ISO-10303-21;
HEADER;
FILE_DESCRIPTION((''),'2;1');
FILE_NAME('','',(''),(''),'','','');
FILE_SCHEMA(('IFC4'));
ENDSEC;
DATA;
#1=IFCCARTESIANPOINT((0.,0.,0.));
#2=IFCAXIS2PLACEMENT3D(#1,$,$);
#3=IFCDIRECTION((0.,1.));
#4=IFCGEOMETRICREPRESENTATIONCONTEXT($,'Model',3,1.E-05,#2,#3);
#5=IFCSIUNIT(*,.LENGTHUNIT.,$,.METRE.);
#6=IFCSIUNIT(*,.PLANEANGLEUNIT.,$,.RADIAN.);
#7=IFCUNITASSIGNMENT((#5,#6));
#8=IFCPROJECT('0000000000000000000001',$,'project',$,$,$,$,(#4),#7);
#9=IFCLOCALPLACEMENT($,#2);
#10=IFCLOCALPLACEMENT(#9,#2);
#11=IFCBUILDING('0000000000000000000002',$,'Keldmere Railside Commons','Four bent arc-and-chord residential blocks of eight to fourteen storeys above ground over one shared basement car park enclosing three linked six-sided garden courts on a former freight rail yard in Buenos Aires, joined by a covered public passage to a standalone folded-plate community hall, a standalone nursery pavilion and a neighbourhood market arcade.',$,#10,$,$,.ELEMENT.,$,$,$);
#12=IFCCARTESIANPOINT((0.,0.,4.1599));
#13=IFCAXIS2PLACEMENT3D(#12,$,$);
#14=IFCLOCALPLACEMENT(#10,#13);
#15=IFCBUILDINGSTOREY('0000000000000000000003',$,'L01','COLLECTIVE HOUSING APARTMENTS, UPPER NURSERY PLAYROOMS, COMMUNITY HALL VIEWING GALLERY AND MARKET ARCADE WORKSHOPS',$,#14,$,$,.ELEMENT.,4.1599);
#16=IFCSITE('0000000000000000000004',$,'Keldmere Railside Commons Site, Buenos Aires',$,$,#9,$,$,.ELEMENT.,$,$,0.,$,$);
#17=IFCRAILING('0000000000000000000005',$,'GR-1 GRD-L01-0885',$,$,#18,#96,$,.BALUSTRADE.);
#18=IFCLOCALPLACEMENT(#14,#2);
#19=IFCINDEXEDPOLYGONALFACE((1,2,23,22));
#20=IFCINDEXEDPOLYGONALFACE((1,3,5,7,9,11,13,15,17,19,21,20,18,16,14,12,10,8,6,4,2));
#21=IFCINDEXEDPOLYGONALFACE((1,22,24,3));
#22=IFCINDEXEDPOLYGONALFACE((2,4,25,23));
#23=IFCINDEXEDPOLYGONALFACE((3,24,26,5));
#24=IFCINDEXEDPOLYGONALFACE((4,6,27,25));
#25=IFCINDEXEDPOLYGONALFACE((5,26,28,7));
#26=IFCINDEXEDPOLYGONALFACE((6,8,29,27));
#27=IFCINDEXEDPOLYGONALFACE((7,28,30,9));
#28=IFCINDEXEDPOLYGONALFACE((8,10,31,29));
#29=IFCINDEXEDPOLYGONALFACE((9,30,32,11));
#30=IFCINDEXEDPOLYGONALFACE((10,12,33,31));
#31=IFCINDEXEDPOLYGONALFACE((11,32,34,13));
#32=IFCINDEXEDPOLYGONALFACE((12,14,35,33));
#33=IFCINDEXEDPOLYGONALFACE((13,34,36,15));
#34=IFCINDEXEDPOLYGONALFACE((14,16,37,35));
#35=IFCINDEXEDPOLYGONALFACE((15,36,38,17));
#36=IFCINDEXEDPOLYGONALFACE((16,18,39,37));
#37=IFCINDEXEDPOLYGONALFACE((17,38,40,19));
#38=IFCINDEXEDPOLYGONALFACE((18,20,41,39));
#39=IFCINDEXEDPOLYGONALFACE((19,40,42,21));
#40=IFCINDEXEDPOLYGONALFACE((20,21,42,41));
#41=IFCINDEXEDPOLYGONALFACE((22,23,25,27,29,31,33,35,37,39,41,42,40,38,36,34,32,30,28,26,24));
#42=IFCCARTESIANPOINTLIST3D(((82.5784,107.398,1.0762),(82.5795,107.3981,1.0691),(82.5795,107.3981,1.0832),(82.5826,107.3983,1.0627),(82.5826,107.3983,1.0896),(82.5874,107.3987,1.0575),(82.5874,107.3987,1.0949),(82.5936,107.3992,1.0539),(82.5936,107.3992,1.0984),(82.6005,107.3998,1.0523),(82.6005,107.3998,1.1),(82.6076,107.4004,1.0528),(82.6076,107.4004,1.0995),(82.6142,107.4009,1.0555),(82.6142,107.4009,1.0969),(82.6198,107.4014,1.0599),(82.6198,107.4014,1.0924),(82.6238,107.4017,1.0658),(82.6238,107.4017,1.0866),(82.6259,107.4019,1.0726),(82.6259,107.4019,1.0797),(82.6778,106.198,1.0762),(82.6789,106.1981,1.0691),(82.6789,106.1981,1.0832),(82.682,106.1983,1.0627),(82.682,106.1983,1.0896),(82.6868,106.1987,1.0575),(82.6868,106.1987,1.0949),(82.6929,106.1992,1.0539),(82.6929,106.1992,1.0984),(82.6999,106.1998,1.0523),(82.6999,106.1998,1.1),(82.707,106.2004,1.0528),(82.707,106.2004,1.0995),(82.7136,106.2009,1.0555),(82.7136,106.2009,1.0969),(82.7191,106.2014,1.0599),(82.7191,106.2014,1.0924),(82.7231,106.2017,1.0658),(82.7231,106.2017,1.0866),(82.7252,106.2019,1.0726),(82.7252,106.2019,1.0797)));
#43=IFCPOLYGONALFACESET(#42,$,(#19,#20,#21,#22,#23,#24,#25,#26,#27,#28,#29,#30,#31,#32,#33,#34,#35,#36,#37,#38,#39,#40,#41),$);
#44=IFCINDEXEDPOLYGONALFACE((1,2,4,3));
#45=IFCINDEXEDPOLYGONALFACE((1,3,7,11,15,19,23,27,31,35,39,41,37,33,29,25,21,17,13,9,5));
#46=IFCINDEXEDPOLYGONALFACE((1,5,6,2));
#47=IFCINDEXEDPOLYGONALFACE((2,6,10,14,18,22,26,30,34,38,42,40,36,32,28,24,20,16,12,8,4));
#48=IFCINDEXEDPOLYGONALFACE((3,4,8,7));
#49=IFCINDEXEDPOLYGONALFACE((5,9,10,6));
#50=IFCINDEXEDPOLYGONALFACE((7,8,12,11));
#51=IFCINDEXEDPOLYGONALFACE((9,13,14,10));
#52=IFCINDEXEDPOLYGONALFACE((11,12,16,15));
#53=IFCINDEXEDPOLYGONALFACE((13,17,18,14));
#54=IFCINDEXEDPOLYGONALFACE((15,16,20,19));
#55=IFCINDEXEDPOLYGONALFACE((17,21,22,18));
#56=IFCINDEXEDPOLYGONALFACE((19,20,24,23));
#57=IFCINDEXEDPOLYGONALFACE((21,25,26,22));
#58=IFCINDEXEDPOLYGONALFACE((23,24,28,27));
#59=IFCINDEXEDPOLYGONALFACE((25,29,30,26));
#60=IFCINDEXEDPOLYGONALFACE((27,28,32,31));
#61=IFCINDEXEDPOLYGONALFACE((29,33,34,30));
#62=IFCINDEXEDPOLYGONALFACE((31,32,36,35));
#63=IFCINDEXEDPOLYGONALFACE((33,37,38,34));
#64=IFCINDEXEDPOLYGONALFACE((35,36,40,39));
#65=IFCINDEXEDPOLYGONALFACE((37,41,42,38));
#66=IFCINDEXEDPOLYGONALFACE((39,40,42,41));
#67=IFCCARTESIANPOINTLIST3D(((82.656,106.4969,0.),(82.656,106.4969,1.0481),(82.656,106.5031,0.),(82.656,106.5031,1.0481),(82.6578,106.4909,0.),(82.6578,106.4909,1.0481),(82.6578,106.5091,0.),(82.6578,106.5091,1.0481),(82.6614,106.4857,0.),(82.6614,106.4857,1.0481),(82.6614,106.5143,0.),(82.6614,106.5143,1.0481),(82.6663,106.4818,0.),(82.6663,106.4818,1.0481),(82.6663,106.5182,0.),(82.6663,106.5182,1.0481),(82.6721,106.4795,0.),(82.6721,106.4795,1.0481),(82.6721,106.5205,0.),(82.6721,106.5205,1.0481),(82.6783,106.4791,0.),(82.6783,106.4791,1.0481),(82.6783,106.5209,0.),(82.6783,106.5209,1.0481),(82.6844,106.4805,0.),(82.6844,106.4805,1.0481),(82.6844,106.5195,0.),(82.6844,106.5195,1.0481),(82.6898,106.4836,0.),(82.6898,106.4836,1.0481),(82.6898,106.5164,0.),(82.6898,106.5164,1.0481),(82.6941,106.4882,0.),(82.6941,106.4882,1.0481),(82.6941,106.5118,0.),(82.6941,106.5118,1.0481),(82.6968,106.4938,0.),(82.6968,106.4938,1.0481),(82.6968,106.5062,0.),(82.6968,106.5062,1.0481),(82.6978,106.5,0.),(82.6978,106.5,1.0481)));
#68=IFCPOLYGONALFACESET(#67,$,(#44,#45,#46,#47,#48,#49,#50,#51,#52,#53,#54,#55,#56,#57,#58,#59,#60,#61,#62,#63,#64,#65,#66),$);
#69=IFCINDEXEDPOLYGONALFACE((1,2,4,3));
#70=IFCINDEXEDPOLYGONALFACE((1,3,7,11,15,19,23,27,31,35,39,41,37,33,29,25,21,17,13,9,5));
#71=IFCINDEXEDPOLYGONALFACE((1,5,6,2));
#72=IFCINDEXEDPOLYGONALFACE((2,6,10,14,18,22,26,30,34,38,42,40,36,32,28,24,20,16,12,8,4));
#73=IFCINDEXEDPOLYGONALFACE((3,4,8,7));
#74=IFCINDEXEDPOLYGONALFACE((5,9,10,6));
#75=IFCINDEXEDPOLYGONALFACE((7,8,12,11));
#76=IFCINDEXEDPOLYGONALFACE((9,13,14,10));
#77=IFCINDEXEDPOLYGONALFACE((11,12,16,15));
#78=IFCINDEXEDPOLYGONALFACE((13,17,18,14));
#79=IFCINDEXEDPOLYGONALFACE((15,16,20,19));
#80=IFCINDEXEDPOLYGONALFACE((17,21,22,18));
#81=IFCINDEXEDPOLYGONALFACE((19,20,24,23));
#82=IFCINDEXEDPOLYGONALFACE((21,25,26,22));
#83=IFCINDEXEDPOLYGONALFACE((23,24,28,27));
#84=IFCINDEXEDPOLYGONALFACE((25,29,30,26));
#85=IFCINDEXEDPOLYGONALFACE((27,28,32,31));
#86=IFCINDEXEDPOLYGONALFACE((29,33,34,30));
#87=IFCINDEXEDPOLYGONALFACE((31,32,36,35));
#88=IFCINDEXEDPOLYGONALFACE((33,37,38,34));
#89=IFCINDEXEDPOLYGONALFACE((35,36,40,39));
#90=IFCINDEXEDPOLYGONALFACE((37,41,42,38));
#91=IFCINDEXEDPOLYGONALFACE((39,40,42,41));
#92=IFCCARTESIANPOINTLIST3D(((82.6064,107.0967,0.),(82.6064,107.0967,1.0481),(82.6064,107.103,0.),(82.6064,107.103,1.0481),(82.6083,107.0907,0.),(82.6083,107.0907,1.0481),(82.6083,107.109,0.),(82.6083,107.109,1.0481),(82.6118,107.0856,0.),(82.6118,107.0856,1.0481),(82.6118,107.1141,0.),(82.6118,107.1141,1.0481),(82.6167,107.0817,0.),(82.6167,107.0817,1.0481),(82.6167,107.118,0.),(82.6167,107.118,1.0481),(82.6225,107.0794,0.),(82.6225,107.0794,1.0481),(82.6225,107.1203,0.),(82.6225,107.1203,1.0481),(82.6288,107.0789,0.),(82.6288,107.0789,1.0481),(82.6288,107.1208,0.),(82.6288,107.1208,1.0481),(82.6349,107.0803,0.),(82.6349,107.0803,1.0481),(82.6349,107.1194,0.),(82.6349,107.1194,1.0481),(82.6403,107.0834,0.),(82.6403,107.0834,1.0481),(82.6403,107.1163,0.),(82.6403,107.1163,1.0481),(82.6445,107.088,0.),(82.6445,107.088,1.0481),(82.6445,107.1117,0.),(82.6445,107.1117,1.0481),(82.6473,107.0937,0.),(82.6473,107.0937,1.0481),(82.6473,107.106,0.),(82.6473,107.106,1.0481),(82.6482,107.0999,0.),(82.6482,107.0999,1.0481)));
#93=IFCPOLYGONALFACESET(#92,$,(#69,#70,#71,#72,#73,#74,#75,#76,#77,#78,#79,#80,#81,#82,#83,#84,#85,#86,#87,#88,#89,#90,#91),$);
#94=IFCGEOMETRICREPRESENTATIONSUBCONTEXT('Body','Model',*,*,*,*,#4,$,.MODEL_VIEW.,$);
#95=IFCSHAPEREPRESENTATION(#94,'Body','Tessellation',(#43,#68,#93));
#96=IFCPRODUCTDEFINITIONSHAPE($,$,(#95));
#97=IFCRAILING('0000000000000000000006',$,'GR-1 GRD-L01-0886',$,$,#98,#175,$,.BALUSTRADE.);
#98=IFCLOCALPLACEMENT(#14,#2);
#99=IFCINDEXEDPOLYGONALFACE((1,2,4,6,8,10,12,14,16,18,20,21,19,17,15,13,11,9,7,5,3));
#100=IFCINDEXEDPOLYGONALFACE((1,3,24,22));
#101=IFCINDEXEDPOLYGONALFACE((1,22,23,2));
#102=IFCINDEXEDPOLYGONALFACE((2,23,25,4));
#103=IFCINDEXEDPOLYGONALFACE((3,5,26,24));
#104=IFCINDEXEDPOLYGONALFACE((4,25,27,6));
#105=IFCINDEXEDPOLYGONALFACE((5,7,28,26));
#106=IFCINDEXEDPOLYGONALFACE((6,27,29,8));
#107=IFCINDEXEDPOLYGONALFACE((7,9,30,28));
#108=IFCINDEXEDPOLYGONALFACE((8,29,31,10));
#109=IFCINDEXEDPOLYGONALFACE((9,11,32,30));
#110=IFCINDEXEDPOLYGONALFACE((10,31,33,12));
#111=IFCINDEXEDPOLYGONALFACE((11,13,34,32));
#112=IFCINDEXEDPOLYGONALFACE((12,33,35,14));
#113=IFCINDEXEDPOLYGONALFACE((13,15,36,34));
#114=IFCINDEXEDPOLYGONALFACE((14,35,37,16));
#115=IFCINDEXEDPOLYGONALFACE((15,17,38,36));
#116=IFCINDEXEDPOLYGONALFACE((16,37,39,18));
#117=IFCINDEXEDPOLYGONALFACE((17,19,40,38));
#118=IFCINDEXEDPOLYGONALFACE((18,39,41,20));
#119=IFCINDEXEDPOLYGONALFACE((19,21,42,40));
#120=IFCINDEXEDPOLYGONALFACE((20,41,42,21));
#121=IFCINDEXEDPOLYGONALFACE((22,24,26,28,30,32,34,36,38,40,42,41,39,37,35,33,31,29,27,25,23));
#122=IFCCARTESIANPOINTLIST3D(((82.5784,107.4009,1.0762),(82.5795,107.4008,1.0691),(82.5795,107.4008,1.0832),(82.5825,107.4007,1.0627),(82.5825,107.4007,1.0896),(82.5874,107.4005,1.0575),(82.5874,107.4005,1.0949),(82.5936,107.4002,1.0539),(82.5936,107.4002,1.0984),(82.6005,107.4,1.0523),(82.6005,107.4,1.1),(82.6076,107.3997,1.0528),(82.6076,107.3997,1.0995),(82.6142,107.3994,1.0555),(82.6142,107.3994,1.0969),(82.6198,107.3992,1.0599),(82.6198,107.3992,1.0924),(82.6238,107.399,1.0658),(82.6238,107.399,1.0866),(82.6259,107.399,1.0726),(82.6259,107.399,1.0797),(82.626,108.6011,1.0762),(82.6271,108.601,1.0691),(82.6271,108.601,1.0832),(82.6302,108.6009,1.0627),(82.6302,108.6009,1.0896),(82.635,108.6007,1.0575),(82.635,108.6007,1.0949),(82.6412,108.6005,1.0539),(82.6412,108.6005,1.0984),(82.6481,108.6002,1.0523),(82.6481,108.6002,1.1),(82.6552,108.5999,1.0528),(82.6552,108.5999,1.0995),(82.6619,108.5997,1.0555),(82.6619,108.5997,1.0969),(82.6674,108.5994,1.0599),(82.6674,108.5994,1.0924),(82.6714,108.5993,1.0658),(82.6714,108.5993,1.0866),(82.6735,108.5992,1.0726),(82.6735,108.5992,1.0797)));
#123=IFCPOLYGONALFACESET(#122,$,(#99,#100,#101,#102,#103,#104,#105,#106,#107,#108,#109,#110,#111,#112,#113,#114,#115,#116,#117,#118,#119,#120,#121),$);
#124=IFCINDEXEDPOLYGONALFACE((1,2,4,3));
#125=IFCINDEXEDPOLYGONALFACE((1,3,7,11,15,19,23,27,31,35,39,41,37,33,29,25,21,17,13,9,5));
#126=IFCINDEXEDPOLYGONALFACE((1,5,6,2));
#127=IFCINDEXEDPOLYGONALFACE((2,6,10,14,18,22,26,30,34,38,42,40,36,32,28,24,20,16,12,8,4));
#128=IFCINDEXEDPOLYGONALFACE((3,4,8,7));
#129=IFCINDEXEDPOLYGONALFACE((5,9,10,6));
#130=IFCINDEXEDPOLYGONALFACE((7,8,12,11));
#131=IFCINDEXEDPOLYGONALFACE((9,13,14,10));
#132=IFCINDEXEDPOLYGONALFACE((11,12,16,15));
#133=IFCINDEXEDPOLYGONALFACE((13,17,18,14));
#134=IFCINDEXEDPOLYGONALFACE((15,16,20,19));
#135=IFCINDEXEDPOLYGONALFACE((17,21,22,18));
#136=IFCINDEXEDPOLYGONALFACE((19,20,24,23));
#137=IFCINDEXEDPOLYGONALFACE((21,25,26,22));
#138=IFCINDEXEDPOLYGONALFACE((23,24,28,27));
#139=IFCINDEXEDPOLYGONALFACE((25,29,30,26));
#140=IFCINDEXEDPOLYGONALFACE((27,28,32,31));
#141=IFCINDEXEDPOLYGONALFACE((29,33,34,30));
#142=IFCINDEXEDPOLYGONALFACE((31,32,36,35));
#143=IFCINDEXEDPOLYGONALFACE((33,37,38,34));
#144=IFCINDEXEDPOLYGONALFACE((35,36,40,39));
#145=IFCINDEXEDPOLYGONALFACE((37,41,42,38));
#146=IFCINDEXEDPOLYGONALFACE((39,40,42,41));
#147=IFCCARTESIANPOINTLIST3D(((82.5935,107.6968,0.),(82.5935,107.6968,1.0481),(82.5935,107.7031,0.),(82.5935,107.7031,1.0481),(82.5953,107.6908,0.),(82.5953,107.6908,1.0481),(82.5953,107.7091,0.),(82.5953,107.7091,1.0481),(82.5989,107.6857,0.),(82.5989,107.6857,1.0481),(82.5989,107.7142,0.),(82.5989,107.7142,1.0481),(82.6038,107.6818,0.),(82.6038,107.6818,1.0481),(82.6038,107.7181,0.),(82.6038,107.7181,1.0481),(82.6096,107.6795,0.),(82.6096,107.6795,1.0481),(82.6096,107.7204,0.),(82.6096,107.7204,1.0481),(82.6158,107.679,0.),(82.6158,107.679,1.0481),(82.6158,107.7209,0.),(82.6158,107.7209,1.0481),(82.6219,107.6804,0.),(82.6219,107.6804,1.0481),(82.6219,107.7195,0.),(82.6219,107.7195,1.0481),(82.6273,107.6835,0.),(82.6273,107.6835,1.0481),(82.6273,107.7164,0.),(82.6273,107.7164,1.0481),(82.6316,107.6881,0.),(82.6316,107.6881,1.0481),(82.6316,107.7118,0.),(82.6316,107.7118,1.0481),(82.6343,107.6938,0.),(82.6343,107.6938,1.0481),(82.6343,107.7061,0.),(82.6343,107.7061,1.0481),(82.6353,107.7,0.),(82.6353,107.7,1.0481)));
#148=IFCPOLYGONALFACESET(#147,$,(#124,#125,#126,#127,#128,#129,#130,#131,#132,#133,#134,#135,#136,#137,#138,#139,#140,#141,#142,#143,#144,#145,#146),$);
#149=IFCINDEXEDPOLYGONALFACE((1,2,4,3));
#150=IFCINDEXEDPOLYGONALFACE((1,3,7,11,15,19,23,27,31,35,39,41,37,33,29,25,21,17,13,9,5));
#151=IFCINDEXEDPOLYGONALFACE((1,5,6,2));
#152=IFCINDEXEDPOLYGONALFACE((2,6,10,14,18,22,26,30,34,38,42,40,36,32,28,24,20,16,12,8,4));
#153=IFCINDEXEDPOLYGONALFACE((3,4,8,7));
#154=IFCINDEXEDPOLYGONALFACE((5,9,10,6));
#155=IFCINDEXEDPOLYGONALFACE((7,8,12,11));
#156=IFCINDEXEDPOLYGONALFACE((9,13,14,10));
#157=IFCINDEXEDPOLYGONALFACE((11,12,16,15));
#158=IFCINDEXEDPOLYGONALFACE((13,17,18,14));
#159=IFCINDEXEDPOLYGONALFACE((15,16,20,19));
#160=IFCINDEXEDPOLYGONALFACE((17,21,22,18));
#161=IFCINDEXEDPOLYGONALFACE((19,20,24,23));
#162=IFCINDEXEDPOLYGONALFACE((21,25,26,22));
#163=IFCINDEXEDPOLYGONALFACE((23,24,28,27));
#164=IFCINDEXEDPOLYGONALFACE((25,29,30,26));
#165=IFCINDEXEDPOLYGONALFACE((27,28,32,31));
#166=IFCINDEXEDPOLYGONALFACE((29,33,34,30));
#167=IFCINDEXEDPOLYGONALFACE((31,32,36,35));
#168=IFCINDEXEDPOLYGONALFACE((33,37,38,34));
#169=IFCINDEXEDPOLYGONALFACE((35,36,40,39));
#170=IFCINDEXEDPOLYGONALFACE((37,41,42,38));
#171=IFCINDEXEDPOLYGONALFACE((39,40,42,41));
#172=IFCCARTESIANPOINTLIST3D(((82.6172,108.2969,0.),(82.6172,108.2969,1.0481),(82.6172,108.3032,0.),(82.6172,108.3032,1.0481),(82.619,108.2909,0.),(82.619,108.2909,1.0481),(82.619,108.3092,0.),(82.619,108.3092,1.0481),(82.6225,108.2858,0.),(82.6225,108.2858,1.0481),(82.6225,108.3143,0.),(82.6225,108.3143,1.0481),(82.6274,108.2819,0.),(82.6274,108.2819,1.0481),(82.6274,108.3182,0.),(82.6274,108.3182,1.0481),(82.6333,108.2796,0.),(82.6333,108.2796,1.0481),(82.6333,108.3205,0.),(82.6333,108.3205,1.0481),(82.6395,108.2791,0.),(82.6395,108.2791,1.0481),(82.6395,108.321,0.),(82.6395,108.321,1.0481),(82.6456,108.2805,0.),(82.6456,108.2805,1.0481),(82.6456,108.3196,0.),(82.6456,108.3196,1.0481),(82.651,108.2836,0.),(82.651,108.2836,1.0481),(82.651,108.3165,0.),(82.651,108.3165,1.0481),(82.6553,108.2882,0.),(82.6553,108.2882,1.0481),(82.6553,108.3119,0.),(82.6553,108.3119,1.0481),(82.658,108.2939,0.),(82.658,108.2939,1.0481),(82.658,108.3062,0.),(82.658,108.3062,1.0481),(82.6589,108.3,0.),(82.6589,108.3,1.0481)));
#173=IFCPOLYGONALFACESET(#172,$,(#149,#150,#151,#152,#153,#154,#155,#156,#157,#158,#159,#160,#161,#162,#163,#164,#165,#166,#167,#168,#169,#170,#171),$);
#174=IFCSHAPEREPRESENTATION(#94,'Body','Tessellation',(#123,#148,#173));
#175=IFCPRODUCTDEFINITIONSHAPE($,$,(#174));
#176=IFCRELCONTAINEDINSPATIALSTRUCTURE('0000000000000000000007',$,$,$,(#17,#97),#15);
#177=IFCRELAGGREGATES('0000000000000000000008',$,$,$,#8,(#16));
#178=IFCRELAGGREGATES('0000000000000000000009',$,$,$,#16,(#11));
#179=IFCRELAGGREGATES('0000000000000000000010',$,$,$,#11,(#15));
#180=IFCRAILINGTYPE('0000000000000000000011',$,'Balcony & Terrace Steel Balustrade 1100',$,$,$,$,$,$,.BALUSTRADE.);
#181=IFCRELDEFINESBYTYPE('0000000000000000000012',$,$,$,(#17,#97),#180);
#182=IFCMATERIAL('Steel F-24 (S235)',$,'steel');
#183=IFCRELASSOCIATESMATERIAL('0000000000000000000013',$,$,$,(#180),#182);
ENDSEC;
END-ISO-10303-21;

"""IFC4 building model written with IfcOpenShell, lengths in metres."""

from ifc_helpers import new_model, si_unit, direction, frame, origin, origin_2d, place, context, subcontext, project, spatial, circle, extrude, material, type_object, element, save


model = new_model("IFC4")

# Units and contexts
model_context = context("Model", 3, precision=1e-05, world=origin(), true_north=direction((0.0, 1.0)))
body_context = subcontext(model_context, "Body", "Model", "MODEL_VIEW")
ifc_project = project(units=[si_unit("LENGTHUNIT", "METRE"), si_unit("PLANEANGLEUNIT", "RADIAN")], contexts=[model_context])

# Site, building, storey
site_placement = place(None, origin())
site = spatial("IfcSite", under=ifc_project, at=site_placement, Name="Keldmere Railside Commons Site, Buenos Aires", CompositionType="ELEMENT", RefElevation=0.0)
building_placement = place(site_placement, origin())
building = spatial("IfcBuilding", under=site, at=building_placement, Name="Keldmere Railside Commons", Description="Four bent arc-and-chord residential blocks of eight to fourteen storeys above ground over one shared basement car park enclosing three linked six-sided garden courts on a former freight rail yard in Buenos Aires, joined by a covered public passage to a standalone folded-plate community hall, a standalone nursery pavilion and a neighbourhood market arcade.", CompositionType="ELEMENT")
storey_placement = place(building_placement, frame((0.0, 0.0, 4.1599)))
storey = spatial("IfcBuildingStorey", under=building, at=storey_placement, Name="L01", Description="COLLECTIVE HOUSING APARTMENTS, UPPER NURSERY PLAYROOMS, COMMUNITY HALL VIEWING GALLERY AND MARKET ARCADE WORKSHOPS", CompositionType="ELEMENT", Elevation=4.1599)

# Shared definitions
ifc_material_1 = material(Name="Steel F-24 (S235)", Category="steel")

# Railings
railing_type = type_object("IfcRailingType", Name="Balcony & Terrace Steel Balustrade 1100", PredefinedType="BALUSTRADE", material=ifc_material_1)
railing_1_placement = place(storey_placement, frame((82.7017, 106.2, 0.0)))
element("IfcRailing", 1, at=railing_1_placement, inside=storey, type_object=railing_type, Name="GR-1 GRD-L01-0885", PredefinedType="BALUSTRADE", context=body_context, shape_type="SweptSolid", body=[
    extrude(circle(Radius=0.0239, at=origin_2d()), frame((0.0, 0.0, 1.0762), z_axis=(-0.082525, 0.996589, 0.0), x_axis=(-0.996589, -0.082525, 0.0)), (0.0, 0.0, 1.0), 1.2041),
    extrude(circle(Radius=0.021, at=origin_2d()), frame((-0.0249, 0.3, 0.0)), (0.0, 0.0, 1.0), 1.0481),
    extrude(circle(Radius=0.021, at=origin_2d()), frame((-0.0745, 0.8999, 0.0)), (0.0, 0.0, 1.0), 1.0481),
])
railing_2_placement = place(storey_placement, frame((82.6023, 107.3999, 0.0)))
element("IfcRailing", 2, at=railing_2_placement, inside=storey, type_object=railing_type, Name="GR-1 GRD-L01-0886", PredefinedType="BALUSTRADE", context=body_context, shape_type="SweptSolid", body=[
    extrude(circle(Radius=0.0239, at=origin_2d()), frame((0.0, 0.0, 1.0762), z_axis=(0.039635, 0.999214, 0.0), x_axis=(-0.999214, 0.039635, 0.0)), (0.0, 0.0, 1.0), 1.2012),
    extrude(circle(Radius=0.021, at=origin_2d()), frame((0.012, 0.3, 0.0)), (0.0, 0.0, 1.0), 1.0481),
    extrude(circle(Radius=0.021, at=origin_2d()), frame((0.0356, 0.9001, 0.0)), (0.0, 0.0, 1.0), 1.0481),
])

save(model, "model.ifc")
